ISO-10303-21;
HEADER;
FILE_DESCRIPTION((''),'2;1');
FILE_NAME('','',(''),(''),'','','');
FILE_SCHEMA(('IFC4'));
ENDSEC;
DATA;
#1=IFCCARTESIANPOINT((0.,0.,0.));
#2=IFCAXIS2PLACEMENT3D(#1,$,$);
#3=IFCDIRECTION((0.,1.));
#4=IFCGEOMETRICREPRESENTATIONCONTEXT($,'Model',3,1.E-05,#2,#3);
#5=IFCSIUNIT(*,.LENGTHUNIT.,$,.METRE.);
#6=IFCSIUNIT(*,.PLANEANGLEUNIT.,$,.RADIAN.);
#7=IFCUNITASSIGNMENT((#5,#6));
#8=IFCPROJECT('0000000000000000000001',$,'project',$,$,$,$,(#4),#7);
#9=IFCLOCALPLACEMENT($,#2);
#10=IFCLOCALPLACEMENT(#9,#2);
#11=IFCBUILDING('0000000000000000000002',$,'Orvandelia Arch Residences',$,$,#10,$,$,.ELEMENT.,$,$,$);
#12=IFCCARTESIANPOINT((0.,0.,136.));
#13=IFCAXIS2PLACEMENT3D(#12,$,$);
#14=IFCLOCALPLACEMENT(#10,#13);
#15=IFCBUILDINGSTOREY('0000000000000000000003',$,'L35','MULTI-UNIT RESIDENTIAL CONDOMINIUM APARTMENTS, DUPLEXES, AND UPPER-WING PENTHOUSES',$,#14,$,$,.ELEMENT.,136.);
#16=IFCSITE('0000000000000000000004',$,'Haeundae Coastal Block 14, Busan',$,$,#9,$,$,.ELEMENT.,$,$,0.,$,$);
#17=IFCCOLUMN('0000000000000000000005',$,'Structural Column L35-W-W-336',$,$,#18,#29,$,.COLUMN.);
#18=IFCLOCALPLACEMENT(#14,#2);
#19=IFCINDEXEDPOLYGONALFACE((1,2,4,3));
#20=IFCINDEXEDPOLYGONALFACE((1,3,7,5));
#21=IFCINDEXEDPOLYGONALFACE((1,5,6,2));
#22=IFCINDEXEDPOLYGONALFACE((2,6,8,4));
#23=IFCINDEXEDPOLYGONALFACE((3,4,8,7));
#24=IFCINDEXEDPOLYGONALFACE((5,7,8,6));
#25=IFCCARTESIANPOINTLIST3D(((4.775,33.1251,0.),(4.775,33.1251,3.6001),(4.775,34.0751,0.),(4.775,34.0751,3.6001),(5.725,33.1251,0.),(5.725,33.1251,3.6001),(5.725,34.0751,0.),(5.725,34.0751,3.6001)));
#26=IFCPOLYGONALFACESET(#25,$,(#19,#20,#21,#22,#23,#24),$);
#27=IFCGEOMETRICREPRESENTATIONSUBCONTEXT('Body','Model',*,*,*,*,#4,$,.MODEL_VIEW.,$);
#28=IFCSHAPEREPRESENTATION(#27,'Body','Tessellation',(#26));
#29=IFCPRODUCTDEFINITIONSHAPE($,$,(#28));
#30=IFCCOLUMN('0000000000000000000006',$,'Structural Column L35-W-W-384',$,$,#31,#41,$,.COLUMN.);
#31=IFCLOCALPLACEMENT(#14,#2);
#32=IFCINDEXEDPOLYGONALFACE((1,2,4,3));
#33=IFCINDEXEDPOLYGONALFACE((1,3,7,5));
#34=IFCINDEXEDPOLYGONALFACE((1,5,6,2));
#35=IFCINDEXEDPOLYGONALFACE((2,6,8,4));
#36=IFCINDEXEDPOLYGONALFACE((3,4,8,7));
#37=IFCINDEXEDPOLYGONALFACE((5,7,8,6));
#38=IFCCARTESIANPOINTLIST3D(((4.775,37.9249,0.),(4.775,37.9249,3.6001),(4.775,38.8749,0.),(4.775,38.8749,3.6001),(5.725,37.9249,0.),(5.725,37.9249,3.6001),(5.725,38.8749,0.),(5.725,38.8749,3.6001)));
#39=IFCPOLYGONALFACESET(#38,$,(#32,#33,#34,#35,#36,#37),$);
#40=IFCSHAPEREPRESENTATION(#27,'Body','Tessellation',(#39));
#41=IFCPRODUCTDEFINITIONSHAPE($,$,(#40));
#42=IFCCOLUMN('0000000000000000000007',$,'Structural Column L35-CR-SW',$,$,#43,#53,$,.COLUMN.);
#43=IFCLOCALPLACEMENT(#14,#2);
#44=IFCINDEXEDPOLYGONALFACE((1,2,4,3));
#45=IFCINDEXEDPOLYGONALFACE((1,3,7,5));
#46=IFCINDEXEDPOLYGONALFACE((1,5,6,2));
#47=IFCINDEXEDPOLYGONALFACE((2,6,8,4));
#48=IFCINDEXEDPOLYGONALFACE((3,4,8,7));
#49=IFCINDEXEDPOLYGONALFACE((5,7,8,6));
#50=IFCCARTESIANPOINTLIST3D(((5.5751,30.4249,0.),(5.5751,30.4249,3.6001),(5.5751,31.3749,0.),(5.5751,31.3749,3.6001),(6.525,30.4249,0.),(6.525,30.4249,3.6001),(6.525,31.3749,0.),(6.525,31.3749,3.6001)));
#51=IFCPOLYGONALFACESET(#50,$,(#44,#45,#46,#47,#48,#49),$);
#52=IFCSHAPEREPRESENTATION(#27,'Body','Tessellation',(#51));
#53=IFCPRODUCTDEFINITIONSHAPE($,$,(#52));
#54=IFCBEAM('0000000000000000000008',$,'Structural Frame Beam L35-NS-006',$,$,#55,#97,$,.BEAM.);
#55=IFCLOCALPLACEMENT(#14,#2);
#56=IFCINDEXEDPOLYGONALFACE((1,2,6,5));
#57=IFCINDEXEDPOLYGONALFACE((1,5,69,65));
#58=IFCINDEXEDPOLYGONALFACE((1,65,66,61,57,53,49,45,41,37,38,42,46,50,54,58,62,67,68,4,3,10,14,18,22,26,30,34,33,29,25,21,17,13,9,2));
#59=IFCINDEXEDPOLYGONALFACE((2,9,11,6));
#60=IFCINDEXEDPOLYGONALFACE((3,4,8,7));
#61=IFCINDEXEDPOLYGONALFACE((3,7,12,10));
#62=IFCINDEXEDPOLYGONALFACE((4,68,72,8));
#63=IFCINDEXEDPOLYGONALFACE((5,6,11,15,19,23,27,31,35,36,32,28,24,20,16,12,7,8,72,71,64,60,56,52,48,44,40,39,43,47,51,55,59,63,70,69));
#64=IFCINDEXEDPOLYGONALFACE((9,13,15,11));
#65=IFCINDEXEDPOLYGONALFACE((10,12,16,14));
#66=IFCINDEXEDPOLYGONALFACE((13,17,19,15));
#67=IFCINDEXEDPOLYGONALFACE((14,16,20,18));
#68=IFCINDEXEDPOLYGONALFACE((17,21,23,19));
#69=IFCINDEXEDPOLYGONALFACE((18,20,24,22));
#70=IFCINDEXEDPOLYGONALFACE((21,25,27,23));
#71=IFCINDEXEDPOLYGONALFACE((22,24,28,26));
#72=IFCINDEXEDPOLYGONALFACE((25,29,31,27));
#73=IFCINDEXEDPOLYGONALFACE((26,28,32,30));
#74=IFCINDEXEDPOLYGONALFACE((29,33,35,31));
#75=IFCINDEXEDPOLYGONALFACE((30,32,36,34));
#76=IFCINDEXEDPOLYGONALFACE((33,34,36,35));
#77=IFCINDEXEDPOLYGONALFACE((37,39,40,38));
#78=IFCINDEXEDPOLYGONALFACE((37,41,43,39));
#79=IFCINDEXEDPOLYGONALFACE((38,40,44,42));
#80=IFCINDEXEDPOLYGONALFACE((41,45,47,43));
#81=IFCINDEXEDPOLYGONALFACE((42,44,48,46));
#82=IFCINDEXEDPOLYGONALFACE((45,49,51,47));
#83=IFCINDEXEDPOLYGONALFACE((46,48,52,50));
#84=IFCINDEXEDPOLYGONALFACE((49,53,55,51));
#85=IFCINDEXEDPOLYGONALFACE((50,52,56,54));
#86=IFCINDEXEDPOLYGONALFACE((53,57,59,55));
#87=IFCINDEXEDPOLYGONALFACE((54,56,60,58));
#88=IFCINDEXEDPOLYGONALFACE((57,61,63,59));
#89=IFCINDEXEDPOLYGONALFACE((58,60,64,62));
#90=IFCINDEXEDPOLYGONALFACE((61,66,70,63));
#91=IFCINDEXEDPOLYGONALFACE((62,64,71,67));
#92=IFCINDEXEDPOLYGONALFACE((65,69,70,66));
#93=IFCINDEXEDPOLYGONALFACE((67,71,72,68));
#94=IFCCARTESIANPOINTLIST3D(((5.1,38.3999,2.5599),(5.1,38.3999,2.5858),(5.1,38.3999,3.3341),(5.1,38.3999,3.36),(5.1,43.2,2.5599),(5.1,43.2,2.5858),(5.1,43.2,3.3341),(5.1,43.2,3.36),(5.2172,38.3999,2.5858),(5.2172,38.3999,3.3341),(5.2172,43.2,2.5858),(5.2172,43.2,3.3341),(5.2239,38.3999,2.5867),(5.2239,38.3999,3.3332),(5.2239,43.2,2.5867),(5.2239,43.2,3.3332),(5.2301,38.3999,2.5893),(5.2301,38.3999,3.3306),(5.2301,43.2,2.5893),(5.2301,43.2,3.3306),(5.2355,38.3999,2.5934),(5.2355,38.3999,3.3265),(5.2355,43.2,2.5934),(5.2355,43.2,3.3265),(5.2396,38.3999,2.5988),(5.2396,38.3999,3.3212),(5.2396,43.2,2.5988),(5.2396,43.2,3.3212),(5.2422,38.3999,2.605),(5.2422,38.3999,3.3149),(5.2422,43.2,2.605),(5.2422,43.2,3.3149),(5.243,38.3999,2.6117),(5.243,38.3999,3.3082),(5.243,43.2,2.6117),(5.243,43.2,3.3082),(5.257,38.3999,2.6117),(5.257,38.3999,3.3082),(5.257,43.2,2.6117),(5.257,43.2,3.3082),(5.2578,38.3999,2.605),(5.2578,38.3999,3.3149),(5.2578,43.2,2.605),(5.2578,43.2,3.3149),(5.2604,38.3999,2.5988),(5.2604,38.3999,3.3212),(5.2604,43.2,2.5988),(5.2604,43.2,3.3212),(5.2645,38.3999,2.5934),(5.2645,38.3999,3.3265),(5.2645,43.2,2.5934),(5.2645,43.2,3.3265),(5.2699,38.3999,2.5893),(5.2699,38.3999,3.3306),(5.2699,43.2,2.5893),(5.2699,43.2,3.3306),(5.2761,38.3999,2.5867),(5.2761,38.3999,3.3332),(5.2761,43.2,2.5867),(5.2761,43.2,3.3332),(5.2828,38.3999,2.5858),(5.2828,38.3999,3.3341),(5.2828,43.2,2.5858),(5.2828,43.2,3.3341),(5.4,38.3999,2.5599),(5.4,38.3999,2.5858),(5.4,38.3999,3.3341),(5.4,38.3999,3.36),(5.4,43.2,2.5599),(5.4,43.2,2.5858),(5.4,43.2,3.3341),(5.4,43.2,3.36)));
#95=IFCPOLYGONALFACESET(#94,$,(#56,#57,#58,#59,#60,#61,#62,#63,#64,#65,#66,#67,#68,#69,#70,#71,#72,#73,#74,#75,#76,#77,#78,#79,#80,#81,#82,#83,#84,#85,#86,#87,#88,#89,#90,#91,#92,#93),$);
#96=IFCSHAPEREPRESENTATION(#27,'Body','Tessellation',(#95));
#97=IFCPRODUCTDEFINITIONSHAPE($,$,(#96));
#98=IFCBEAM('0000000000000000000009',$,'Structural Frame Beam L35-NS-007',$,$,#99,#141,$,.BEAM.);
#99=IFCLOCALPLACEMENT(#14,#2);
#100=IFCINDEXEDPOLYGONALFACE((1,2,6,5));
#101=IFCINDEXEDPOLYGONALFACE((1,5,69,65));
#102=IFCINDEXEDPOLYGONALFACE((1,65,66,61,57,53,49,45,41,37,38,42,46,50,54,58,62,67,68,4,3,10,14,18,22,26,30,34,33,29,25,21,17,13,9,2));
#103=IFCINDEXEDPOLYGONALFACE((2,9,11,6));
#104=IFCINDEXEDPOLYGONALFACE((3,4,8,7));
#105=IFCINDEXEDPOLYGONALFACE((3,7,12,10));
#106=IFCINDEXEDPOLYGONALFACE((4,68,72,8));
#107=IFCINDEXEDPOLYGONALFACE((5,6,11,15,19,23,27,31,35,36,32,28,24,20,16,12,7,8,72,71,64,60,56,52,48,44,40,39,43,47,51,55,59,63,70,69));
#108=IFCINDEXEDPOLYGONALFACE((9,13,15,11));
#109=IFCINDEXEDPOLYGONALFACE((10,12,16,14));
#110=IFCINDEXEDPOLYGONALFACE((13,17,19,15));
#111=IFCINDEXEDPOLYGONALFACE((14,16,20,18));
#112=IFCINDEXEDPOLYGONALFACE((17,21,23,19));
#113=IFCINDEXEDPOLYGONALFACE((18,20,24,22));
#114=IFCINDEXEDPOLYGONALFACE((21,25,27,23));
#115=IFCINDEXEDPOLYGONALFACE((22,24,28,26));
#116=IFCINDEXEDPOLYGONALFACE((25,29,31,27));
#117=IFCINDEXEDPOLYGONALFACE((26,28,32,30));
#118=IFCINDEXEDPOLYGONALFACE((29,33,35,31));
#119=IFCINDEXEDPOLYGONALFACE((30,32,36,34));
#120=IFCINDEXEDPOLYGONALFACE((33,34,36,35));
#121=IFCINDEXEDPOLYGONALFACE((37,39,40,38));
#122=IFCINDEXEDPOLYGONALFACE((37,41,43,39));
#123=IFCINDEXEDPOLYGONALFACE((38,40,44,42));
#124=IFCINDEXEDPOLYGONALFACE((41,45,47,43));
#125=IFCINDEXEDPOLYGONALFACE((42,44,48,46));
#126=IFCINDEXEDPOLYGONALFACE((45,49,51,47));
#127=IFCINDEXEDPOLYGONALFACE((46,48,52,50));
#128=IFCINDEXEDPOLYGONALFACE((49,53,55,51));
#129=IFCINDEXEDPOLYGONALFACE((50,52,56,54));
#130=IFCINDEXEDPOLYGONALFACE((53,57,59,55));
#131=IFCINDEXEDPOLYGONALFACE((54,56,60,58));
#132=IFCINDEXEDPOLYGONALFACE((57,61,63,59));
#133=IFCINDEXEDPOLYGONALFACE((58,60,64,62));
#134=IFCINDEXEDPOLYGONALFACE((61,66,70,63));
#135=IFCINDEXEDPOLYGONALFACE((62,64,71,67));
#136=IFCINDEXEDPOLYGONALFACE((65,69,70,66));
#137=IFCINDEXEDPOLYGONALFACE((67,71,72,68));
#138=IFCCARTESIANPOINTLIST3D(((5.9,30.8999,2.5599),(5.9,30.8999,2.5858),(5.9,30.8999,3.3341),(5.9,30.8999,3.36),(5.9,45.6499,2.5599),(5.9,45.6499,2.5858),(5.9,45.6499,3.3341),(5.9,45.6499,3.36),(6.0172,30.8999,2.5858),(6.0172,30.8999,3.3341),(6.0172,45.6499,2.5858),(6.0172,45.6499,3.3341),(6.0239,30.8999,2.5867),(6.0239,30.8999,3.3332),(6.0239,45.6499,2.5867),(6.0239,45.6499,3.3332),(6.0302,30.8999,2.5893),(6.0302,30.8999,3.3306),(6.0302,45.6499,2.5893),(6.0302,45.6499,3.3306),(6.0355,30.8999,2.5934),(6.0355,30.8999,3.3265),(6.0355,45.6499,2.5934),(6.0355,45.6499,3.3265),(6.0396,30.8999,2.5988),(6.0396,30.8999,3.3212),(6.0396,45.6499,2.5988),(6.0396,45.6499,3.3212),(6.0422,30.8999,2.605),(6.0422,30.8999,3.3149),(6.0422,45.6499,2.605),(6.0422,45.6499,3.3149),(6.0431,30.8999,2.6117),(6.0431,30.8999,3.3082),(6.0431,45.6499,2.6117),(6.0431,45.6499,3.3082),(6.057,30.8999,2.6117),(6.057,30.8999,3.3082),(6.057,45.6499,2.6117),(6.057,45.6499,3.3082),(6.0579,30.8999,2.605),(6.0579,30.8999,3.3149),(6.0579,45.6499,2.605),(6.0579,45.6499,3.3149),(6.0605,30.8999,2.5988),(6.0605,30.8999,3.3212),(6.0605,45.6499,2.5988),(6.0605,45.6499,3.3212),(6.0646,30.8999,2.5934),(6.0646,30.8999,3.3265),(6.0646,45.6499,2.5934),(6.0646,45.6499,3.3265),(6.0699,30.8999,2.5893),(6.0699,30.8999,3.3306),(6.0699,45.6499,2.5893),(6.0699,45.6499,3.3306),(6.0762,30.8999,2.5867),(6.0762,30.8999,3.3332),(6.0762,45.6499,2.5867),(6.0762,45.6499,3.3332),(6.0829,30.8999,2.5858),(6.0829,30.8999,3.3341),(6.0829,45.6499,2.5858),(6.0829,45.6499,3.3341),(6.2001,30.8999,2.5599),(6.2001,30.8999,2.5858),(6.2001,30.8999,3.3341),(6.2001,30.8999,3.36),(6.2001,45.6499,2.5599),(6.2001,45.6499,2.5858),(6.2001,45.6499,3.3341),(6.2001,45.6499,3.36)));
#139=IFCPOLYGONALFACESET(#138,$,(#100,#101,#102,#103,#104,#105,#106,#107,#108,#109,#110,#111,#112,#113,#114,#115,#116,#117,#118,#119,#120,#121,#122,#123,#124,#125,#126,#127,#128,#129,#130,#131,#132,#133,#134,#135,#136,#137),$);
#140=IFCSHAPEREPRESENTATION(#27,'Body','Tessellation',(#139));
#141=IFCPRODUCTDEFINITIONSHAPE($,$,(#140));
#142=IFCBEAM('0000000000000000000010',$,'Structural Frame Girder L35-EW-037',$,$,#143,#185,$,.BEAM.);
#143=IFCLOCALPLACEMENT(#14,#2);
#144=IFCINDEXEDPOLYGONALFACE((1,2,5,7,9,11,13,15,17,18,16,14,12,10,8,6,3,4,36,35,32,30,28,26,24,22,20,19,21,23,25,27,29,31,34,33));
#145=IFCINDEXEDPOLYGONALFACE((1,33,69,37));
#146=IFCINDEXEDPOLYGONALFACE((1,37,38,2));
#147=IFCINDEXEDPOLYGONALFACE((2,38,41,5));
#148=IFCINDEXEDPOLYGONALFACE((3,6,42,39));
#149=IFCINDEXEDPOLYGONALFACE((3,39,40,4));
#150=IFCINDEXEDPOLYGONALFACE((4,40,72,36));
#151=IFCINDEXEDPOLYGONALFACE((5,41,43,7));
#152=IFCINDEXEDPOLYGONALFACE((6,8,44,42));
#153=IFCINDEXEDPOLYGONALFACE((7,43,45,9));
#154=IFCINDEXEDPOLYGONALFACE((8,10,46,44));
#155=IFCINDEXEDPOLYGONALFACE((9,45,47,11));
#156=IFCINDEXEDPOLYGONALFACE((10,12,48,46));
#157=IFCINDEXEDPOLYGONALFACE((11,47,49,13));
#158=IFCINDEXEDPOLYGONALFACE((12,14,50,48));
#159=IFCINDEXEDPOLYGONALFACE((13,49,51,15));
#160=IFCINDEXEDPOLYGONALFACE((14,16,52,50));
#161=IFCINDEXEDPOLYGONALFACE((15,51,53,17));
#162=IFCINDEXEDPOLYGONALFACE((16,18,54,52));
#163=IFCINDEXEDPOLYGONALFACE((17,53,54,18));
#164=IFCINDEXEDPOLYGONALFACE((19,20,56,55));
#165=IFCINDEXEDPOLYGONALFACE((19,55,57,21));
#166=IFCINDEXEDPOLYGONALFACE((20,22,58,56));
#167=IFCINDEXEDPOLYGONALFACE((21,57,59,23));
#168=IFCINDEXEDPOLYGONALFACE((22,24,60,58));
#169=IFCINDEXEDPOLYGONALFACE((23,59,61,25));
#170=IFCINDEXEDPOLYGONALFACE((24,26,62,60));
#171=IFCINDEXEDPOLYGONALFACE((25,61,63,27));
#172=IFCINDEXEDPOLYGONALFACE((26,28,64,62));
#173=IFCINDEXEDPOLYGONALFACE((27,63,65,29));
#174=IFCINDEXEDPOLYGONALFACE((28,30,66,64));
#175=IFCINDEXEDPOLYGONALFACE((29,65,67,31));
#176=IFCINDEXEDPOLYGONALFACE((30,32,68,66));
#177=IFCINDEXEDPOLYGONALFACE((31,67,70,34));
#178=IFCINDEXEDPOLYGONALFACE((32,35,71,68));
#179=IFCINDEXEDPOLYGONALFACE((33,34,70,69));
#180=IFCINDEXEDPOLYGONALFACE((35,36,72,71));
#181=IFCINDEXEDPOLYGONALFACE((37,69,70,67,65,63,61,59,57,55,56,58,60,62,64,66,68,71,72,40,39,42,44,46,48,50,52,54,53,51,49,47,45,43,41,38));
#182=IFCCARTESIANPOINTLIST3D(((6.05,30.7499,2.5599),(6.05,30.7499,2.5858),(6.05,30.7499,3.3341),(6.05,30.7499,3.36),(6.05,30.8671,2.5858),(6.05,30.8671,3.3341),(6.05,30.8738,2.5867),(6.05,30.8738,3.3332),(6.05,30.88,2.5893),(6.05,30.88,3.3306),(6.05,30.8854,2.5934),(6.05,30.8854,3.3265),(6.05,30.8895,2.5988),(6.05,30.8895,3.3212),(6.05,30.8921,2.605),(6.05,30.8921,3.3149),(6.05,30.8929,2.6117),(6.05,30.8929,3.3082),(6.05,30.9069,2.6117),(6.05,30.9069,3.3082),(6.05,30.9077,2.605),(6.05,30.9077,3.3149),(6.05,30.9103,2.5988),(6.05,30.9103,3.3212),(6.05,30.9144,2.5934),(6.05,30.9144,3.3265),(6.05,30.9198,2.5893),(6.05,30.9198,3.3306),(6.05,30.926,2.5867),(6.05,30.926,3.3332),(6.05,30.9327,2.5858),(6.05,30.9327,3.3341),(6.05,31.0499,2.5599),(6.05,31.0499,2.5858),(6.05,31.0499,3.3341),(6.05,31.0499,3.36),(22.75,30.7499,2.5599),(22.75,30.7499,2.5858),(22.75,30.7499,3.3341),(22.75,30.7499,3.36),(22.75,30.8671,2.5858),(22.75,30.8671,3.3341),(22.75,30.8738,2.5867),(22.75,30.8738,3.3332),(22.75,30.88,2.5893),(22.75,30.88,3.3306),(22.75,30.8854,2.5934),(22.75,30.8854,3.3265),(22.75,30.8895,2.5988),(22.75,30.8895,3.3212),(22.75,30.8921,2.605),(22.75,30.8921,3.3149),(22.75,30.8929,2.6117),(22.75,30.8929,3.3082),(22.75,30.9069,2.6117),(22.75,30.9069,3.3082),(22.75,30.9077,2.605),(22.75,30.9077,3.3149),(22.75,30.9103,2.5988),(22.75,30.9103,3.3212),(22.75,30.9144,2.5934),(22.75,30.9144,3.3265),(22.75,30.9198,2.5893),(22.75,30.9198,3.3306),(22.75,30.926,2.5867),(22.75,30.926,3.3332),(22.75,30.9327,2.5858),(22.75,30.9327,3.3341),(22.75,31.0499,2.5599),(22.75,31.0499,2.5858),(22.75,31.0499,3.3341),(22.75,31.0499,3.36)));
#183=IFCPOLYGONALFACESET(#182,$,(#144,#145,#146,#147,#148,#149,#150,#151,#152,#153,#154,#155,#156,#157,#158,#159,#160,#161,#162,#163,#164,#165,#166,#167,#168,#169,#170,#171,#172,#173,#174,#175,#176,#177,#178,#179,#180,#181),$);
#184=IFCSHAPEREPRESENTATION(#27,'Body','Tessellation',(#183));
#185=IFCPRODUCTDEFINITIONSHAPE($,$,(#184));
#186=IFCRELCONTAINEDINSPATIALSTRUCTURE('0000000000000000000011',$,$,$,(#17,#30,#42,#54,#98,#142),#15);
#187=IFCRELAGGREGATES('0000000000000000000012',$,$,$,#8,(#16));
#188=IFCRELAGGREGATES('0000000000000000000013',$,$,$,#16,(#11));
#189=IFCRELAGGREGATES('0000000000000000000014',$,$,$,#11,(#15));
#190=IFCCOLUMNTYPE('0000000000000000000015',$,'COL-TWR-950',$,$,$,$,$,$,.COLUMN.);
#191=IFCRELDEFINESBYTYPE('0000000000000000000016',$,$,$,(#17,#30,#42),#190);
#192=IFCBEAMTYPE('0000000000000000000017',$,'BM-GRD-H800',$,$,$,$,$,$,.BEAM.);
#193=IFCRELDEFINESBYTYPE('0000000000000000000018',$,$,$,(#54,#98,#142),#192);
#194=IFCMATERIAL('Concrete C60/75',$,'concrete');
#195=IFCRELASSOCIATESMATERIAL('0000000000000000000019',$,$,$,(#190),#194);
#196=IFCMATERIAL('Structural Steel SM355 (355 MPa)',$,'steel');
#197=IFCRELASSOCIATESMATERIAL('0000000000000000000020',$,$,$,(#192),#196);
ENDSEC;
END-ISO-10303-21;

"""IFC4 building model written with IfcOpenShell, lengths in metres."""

from ifc_helpers import new_model, si_unit, direction, frame, origin, origin_2d, place, context, subcontext, project, spatial, rectangle, i_section, extrude, material, material_profile, profile_set, type_object, element, save


model = new_model("IFC4")

# Units and contexts
model_context = context("Model", 3, precision=1e-05, world=origin(), true_north=direction((0.0, 1.0)))
body_context = subcontext(model_context, "Body", "Model", "MODEL_VIEW")
ifc_project = project(units=[si_unit("LENGTHUNIT", "METRE"), si_unit("PLANEANGLEUNIT", "RADIAN")], contexts=[model_context])

# Site, building, storey
site_placement = place(None, origin())
site = spatial("IfcSite", under=ifc_project, at=site_placement, Name="Haeundae Coastal Block 14, Busan", CompositionType="ELEMENT", RefElevation=0.0)
building_placement = place(site_placement, origin())
building = spatial("IfcBuilding", under=site, at=building_placement, Name="Orvandelia Arch Residences", CompositionType="ELEMENT")
storey_placement = place(building_placement, frame((0.0, 0.0, 136.0)))
storey = spatial("IfcBuildingStorey", under=building, at=storey_placement, Name="L35", Description="MULTI-UNIT RESIDENTIAL CONDOMINIUM APARTMENTS, DUPLEXES, AND UPPER-WING PENTHOUSES", CompositionType="ELEMENT", Elevation=136.0)

# Columns
ifc_material_1 = material(Name="Concrete C60/75", Category="concrete")
ifc_material_profile_1 = material_profile(ifc_material_1, rectangle(XDim=0.95, YDim=0.95, at=origin_2d()), Name="Concrete C60/75", Category="concrete")
ifc_profile_set_1 = profile_set([ifc_material_profile_1], Name="Concrete C60/75")
column_type = type_object("IfcColumnType", Name="COL-TWR-950", PredefinedType="COLUMN", material=ifc_profile_set_1)
for number, where, z_axis, x_axis, name in (
    (1, (5.25, 33.6001, 0.0), (0.0, 0.0, 1.0), (1.0, 0.0, 0.0), "Structural Column L35-W-W-336"),
    (2, (5.25, 38.3999, 0.0), (0.0, 0.0, 1.0), (1.0, 0.0, 0.0), "Structural Column L35-W-W-384"),
    (3, (6.05, 30.8999, 0.0), (0.0, 0.0, 1.0), (1.0, 0.0, 0.0), "Structural Column L35-CR-SW"),
):
    element("IfcColumn", number, at=place(storey_placement, frame(where, z_axis=z_axis, x_axis=x_axis)), inside=storey, type_object=column_type, Name=name, PredefinedType="COLUMN", context=body_context, shape_type="SweptSolid", body=[
        extrude(rectangle(XDim=0.95, YDim=0.95, at=origin_2d()), origin(), (0.0, 0.0, 1.0), 3.6001),
    ])

# Beams
ifc_material_2 = material(Name="Structural Steel SM355 (355 MPa)", Category="steel")
ifc_material_profile_2 = material_profile(ifc_material_2, i_section(OverallWidth=0.3, OverallDepth=0.8, WebThickness=0.0139, FlangeThickness=0.0259, FilletRadius=0.0259, at=origin_2d()), Name="Structural Steel SM355 (355 MPa)", Category="steel")
ifc_profile_set_2 = profile_set([ifc_material_profile_2], Name="Structural Steel SM355 (355 MPa)")
beam_type_1 = type_object("IfcBeamType", Name="BM-GRD-H800", PredefinedType="BEAM", material=ifc_profile_set_2)
beam_1_placement = place(storey_placement, frame((5.25, 38.3999, 2.96), z_axis=(0.0, 1.0, 0.0), x_axis=(-1.0, 0.0, 0.0)))
element("IfcBeam", 4, at=beam_1_placement, inside=storey, type_object=beam_type_1, Name="Structural Frame Beam L35-NS-006", PredefinedType="BEAM", context=body_context, shape_type="SweptSolid", body=[
    extrude(i_section(OverallWidth=0.3, OverallDepth=0.8, WebThickness=0.0139, FlangeThickness=0.0259, FilletRadius=0.0259, at=origin_2d()), origin(), (0.0, 0.0, 1.0), 4.8),
])
beam_2_placement = place(storey_placement, frame((6.05, 30.8999, 2.96), z_axis=(0.0, 1.0, 0.0), x_axis=(-1.0, 0.0, 0.0)))
element("IfcBeam", 5, at=beam_2_placement, inside=storey, type_object=beam_type_1, Name="Structural Frame Beam L35-NS-007", PredefinedType="BEAM", context=body_context, shape_type="SweptSolid", body=[
    extrude(i_section(OverallWidth=0.3, OverallDepth=0.8, WebThickness=0.0139, FlangeThickness=0.0259, FilletRadius=0.0259, at=origin_2d()), origin(), (0.0, 0.0, 1.0), 14.75),
])
beam_3_placement = place(storey_placement, frame((6.05, 30.8999, 2.96), z_axis=(1.0, 0.0, 0.0), x_axis=(0.0, 1.0, 0.0)))
element("IfcBeam", 6, at=beam_3_placement, inside=storey, type_object=beam_type_1, Name="Structural Frame Girder L35-EW-037", PredefinedType="BEAM", context=body_context, shape_type="SweptSolid", body=[
    extrude(i_section(OverallWidth=0.3, OverallDepth=0.8, WebThickness=0.0139, FlangeThickness=0.0259, FilletRadius=0.0259, at=origin_2d()), origin(), (0.0, 0.0, 1.0), 16.7),
])

save(model, "model.ifc")
